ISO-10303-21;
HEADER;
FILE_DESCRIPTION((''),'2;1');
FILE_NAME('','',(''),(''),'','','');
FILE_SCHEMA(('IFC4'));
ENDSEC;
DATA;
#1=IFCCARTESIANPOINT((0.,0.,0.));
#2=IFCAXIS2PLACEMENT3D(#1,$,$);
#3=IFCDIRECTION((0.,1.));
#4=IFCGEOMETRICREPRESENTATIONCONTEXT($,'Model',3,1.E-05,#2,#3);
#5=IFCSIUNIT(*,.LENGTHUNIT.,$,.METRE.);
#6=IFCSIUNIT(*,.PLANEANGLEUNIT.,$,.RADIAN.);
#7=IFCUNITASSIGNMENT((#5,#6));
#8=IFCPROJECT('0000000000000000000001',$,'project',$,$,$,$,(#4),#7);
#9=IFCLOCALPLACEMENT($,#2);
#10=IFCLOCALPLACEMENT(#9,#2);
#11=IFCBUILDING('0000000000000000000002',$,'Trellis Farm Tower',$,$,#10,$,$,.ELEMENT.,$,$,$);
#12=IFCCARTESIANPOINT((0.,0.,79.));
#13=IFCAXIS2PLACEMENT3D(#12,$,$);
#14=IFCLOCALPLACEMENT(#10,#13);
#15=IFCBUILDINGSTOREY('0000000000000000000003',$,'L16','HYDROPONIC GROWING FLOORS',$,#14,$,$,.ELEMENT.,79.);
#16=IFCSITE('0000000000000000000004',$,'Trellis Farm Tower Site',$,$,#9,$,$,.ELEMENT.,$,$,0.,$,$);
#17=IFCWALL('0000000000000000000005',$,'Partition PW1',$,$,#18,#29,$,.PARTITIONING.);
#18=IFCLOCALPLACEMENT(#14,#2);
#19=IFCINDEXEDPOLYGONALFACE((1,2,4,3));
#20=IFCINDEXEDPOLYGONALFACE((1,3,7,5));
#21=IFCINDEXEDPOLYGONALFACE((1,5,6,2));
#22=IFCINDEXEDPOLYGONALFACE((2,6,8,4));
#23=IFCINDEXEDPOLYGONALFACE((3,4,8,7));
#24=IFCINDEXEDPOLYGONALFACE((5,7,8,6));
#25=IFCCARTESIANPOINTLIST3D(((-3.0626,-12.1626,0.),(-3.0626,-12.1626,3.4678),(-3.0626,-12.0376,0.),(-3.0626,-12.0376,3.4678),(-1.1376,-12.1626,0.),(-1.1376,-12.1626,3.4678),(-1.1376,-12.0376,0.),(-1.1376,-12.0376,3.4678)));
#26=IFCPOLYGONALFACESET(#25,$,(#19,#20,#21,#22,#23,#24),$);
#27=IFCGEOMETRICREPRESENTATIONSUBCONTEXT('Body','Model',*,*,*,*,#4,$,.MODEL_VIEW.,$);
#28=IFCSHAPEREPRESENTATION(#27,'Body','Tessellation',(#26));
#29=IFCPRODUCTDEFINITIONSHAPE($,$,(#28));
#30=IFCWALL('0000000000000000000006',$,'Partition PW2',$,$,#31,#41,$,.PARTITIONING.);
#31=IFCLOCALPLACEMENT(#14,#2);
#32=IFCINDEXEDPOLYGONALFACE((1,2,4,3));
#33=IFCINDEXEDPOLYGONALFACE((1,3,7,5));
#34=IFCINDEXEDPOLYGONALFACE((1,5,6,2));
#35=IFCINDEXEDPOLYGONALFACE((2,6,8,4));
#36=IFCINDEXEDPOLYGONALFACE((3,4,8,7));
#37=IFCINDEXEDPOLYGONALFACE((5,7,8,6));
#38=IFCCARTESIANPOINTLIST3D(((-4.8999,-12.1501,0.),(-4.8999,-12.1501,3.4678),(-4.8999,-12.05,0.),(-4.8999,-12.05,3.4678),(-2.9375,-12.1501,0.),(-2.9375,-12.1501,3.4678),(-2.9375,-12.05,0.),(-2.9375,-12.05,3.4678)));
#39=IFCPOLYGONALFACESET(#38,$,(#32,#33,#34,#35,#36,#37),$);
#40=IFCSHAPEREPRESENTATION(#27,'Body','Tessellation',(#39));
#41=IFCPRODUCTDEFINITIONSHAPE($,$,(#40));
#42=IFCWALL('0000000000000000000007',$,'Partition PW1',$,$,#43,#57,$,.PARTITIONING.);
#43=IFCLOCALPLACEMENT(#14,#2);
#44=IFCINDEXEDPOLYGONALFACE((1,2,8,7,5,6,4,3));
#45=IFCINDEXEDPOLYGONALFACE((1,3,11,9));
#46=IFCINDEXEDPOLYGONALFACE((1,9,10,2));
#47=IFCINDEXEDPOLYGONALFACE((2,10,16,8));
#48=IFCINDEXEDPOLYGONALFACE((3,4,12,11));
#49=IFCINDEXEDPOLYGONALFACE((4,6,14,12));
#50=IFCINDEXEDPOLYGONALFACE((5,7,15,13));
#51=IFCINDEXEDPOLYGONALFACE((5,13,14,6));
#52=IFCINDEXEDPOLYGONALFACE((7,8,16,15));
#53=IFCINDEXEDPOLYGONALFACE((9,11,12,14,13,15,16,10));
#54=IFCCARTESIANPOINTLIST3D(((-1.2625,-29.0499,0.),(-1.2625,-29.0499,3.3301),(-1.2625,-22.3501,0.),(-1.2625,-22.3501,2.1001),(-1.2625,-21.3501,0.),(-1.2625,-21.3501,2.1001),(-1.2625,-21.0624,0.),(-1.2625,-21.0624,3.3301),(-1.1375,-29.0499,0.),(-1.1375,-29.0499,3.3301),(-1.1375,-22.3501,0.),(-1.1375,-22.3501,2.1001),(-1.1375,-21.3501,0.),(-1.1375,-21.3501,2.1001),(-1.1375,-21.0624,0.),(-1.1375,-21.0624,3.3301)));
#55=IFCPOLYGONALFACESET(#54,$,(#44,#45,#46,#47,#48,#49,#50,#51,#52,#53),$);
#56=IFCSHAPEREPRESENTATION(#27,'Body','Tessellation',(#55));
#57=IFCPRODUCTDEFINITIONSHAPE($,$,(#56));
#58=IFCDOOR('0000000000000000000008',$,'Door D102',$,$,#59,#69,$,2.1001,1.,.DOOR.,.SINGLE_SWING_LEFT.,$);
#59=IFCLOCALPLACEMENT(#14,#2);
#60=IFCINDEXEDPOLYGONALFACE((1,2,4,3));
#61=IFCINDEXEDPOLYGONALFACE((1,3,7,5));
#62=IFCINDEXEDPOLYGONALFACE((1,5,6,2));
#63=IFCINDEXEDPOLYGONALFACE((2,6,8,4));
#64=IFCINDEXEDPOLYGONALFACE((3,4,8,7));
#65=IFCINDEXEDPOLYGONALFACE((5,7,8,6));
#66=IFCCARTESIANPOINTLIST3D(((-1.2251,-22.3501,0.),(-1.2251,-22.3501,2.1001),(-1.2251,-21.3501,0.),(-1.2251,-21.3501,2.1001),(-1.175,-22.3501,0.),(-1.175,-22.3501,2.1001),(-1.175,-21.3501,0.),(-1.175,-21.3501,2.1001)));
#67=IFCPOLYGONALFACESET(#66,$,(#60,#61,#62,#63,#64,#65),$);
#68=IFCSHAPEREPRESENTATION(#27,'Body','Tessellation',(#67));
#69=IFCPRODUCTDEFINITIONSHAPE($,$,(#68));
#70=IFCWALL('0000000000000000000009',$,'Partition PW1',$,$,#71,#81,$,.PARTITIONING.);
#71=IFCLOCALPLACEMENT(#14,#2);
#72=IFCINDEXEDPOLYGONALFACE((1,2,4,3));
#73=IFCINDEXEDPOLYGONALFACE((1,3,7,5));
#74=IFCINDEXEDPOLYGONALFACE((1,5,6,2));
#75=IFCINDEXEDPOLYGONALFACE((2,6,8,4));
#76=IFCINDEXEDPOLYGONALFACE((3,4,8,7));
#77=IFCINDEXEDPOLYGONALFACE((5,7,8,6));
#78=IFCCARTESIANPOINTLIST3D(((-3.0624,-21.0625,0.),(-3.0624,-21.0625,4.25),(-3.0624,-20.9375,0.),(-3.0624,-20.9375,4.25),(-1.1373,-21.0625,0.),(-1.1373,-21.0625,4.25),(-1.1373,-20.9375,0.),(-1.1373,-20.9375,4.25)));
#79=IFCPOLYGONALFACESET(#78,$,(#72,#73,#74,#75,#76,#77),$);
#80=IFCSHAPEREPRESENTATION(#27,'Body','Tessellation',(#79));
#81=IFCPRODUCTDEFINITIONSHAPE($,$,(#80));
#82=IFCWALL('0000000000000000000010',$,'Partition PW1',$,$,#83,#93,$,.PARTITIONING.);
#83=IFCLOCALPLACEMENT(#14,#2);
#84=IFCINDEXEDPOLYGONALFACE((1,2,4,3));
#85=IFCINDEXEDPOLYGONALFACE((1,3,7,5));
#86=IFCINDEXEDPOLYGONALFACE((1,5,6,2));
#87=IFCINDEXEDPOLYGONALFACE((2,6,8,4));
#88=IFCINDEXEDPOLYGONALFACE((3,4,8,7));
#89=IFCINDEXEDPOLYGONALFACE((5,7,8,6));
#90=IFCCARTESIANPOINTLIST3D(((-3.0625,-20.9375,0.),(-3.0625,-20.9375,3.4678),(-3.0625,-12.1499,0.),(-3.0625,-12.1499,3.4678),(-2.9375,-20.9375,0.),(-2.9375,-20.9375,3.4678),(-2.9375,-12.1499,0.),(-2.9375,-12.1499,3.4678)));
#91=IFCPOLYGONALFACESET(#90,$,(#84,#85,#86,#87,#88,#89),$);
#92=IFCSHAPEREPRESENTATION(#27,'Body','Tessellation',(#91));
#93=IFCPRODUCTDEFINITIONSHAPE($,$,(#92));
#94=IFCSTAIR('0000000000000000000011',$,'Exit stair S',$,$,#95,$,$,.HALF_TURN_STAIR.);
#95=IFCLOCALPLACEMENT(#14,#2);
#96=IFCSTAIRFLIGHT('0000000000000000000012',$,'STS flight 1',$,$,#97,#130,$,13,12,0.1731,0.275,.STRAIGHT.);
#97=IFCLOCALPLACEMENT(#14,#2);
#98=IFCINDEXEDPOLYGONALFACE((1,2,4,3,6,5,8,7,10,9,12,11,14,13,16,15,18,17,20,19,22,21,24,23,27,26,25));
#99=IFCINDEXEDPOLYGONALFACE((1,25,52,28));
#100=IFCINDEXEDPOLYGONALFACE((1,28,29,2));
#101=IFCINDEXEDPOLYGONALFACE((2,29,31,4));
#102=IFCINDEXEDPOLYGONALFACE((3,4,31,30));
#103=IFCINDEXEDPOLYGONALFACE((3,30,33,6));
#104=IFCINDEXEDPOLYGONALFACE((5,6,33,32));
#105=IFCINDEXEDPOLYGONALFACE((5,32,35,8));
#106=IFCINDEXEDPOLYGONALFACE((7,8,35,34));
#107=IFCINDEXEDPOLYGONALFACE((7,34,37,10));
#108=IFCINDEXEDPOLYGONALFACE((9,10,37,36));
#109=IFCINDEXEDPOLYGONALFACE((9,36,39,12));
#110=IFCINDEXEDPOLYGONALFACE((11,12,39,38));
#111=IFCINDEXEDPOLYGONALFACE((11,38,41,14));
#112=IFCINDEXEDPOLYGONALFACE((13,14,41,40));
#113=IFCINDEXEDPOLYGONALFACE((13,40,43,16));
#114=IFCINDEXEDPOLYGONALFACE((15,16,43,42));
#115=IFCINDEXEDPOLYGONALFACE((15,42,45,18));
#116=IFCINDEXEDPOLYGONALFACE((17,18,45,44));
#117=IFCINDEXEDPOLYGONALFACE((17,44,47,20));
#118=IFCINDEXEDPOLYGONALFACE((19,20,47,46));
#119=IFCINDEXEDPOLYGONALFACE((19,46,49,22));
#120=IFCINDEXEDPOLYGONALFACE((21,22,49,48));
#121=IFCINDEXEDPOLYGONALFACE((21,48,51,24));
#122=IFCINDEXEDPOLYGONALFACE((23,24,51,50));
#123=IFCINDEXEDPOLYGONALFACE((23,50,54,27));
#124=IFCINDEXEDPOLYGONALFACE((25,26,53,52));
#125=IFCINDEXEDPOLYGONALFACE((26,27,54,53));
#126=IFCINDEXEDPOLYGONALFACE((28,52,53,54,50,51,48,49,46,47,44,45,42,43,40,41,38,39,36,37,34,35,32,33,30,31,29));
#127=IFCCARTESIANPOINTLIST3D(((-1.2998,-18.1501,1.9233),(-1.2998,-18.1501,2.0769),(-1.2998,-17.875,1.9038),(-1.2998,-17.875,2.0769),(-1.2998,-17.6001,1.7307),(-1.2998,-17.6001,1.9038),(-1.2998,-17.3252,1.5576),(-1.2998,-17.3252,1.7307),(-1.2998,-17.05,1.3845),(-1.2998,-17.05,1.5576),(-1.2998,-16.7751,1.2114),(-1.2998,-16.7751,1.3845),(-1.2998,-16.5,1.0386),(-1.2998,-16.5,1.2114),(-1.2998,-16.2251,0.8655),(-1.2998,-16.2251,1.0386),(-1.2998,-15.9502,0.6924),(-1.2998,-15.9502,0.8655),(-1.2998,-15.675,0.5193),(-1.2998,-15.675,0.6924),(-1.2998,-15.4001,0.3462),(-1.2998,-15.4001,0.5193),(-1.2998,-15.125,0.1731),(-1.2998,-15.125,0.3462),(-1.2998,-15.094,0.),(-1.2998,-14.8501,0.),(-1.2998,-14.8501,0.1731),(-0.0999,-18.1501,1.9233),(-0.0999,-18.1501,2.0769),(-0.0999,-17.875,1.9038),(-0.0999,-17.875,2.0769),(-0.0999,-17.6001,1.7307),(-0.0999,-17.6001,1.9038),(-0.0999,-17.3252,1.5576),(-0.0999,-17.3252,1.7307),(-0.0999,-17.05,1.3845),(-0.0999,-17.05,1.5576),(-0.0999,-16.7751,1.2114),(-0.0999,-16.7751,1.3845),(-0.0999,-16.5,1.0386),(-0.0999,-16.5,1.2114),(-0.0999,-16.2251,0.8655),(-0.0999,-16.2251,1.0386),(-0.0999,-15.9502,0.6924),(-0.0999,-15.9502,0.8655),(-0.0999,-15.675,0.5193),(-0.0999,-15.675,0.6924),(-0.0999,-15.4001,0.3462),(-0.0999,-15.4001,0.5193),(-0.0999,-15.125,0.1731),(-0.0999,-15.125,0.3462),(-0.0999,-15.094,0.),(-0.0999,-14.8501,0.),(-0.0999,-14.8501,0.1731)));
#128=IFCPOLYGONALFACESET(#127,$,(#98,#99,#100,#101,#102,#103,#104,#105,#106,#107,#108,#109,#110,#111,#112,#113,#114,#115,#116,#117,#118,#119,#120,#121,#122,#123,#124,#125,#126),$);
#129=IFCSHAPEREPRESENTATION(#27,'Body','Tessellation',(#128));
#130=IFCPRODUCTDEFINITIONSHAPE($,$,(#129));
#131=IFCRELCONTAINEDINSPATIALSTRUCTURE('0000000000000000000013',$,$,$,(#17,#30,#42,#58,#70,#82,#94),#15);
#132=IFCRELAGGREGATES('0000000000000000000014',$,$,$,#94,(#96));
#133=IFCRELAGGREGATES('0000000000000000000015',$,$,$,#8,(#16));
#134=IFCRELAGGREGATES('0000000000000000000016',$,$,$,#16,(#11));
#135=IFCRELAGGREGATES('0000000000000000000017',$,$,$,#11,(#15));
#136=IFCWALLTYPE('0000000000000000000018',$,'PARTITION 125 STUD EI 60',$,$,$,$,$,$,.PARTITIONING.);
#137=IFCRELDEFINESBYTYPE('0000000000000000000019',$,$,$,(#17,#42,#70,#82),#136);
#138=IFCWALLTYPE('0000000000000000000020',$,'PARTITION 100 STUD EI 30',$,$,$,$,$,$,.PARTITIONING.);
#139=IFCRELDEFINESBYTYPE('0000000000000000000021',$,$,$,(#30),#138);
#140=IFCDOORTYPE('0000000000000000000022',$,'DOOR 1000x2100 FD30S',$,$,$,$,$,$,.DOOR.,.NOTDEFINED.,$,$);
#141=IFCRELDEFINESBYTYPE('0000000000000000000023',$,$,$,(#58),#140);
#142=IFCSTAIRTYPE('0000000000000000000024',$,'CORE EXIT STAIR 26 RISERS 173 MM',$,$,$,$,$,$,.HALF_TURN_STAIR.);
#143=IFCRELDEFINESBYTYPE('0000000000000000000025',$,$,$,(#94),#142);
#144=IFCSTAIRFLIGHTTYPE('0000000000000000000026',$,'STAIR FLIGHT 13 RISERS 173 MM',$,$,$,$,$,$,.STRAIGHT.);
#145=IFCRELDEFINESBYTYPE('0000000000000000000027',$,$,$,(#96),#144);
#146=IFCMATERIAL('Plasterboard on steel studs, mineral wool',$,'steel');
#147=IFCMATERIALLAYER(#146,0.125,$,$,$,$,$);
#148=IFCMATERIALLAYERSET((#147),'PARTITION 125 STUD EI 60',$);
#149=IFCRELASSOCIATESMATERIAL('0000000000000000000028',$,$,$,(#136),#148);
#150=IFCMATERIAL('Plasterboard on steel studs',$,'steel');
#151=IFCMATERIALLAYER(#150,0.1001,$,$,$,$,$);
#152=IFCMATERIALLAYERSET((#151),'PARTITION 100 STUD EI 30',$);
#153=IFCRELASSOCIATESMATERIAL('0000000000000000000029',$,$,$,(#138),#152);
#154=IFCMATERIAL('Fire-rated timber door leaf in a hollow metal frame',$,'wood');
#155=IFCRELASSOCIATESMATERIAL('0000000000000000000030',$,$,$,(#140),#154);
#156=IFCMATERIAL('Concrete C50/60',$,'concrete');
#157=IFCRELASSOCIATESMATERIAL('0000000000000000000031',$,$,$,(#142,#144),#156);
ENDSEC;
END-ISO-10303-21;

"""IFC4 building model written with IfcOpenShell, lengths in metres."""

from ifc_helpers import new_model, si_unit, direction, frame, frame_2d, origin, place, context, subcontext, project, spatial, polyline, rectangle, outline, extrude, source, transform, mapped, material, layer, layer_set, type_object, element, fill, aggregate, save


model = new_model("IFC4")

# Units and contexts
model_context = context("Model", 3, precision=1e-05, world=origin(), true_north=direction((0.0, 1.0)))
body_context = subcontext(model_context, "Body", "Model", "MODEL_VIEW")
ifc_project = project(units=[si_unit("LENGTHUNIT", "METRE"), si_unit("PLANEANGLEUNIT", "RADIAN")], contexts=[model_context])

# Site, building, storey
site_placement = place(None, origin())
site = spatial("IfcSite", under=ifc_project, at=site_placement, Name="Trellis Farm Tower Site", CompositionType="ELEMENT", RefElevation=0.0)
building_placement = place(site_placement, origin())
building = spatial("IfcBuilding", under=site, at=building_placement, Name="Trellis Farm Tower", CompositionType="ELEMENT")
storey_placement = place(building_placement, frame((0.0, 0.0, 79.0)))
storey = spatial("IfcBuildingStorey", under=building, at=storey_placement, Name="L16", Description="HYDROPONIC GROWING FLOORS", CompositionType="ELEMENT", Elevation=79.0)

# Shared definitions
placement = place(storey_placement, origin())

# Shared definitions
ifc_material_1 = material(Name="Plasterboard on steel studs, mineral wool", Category="steel")
ifc_layer_1 = layer(ifc_material_1, 0.125)
ifc_layer_set_1 = layer_set([ifc_layer_1], Name="PARTITION 125 STUD EI 60")
wall_type_1 = type_object("IfcWallType", Name="PARTITION 125 STUD EI 60", PredefinedType="PARTITIONING", material=ifc_layer_set_1)
ifc_material_2 = material(Name="Fire-rated timber door leaf in a hollow metal frame", Category="wood")

# Walls
shared_shape_1 = source(origin(), body_context, "Body", "SweptSolid", [
    extrude(rectangle(XDim=1.925, YDim=0.125, at=frame_2d((0.9624, 0.0))), origin(), (0.0, 0.0, 1.0), 3.4678),
])
wall_1_placement = place(storey_placement, frame((-3.0625, -12.1001, 0.0), z_axis=(0.0, 0.0, 1.0), x_axis=(1.0, 0.0, 0.0)))
element("IfcWall", 1, at=wall_1_placement, inside=storey, type_object=wall_type_1, Name="Partition PW1", PredefinedType="PARTITIONING", context=body_context, shape_type="MappedRepresentation", body=[
    mapped(shared_shape_1, transform((0.0, 0.0, 0.0))),
])
ifc_material_3 = material(Name="Plasterboard on steel studs", Category="steel")
ifc_layer_2 = layer(ifc_material_3, 0.1001)
ifc_layer_set_2 = layer_set([ifc_layer_2], Name="PARTITION 100 STUD EI 30")
wall_type_2 = type_object("IfcWallType", Name="PARTITION 100 STUD EI 30", PredefinedType="PARTITIONING", material=ifc_layer_set_2)
shared_shape_2 = source(origin(), body_context, "Body", "SweptSolid", [
    extrude(rectangle(XDim=1.9624, YDim=0.1001, at=frame_2d((0.9812, 0.0))), origin(), (0.0, 0.0, 1.0), 3.4678),
])
wall_2_placement = place(storey_placement, frame((-4.8999, -12.1001, 0.0), z_axis=(0.0, 0.0, 1.0), x_axis=(1.0, 0.0, 0.0)))
element("IfcWall", 2, at=wall_2_placement, inside=storey, type_object=wall_type_2, Name="Partition PW2", PredefinedType="PARTITIONING", context=body_context, shape_type="MappedRepresentation", body=[
    mapped(shared_shape_2, transform((0.0, 0.0, 0.0))),
])

# Wall, opening, door
shared_shape_3 = source(origin(), body_context, "Body", "SweptSolid", [
    extrude(rectangle(XDim=7.9875, YDim=0.125, at=frame_2d((3.9937, 0.0))), origin(), (0.0, 0.0, 1.0), 3.3301),
])
wall_3_placement = place(storey_placement, frame((-1.2, -21.0625, 0.0), z_axis=(0.0, 0.0, 1.0), x_axis=(0.0, -1.0, 0.0)))
wall_3 = element("IfcWall", 3, at=wall_3_placement, inside=storey, type_object=wall_type_1, Name="Partition PW1", PredefinedType="PARTITIONING", context=body_context, shape_type="MappedRepresentation", body=[
    mapped(shared_shape_3, transform((0.0, 0.0, 0.0))),
])
shared_shape_4 = source(origin(), body_context, "Body", "SweptSolid", [
    extrude(rectangle(XDim=1.0, YDim=2.1001, at=frame_2d((0.5, 1.05))), frame((0.0, 0.0725, 0.0), z_axis=(0.0, -1.0, 0.0), x_axis=(1.0, 0.0, 0.0)), (0.0, 0.0, 1.0), 0.145),
])
opening_1_placement = place(wall_3_placement, frame((0.2876, 0.0, 0.0)))
opening_1 = element("IfcOpeningElement", 4, at=opening_1_placement, cuts=wall_3, PredefinedType="OPENING", context=body_context, shape_type="MappedRepresentation", body=[
    mapped(shared_shape_4, transform((0.0, 0.0, 0.0))),
])
door_type_1 = type_object("IfcDoorType", Name="DOOR 1000x2100 FD30S", OperationType="NOTDEFINED", PredefinedType="DOOR", material=ifc_material_2)
shared_shape_5 = source(origin(), body_context, "Body", "SweptSolid", [
    extrude(rectangle(XDim=1.0, YDim=2.1001, at=frame_2d((0.5, 1.05))), frame((0.0, 0.0249, 0.0), z_axis=(0.0, -1.0, 0.0), x_axis=(1.0, 0.0, 0.0)), (0.0, 0.0, 1.0), 0.05),
])
door_1_placement = place(opening_1_placement, origin())
door_1 = element("IfcDoor", 5, at=door_1_placement, inside=storey, type_object=door_type_1, Name="Door D102", OperationType="SINGLE_SWING_LEFT", OverallHeight=2.1001, OverallWidth=1.0, PredefinedType="DOOR", context=body_context, shape_type="MappedRepresentation", body=[
    mapped(shared_shape_5, transform((0.0, 0.0, 0.0))),
])
fill(opening_1, door_1)

# Walls
shared_shape_6 = source(origin(), body_context, "Body", "SweptSolid", [
    extrude(rectangle(XDim=1.925, YDim=0.125, at=frame_2d((0.9624, 0.0))), origin(), (0.0, 0.0, 1.0), 4.25),
])
wall_4_placement = place(storey_placement, frame((-1.1375, -21.0, 0.0), z_axis=(0.0, 0.0, 1.0), x_axis=(-1.0, 0.0, 0.0)))
element("IfcWall", 6, at=wall_4_placement, inside=storey, type_object=wall_type_1, Name="Partition PW1", PredefinedType="PARTITIONING", context=body_context, shape_type="MappedRepresentation", body=[
    mapped(shared_shape_6, transform((0.0, 0.0, 0.0))),
])
shared_shape_7 = source(origin(), body_context, "Body", "SweptSolid", [
    extrude(rectangle(XDim=8.7876, YDim=0.125, at=frame_2d((4.3938, 0.0))), origin(), (0.0, 0.0, 1.0), 3.4678),
])
wall_5_placement = place(storey_placement, frame((-3.0, -20.9375, 0.0), z_axis=(0.0, 0.0, 1.0), x_axis=(0.0, 1.0, 0.0)))
element("IfcWall", 7, at=wall_5_placement, inside=storey, type_object=wall_type_1, Name="Partition PW1", PredefinedType="PARTITIONING", context=body_context, shape_type="MappedRepresentation", body=[
    mapped(shared_shape_7, transform((0.0, 0.0, 0.0))),
])

# Stair, stair flight
ifc_material_4 = material(Name="Concrete C50/60", Category="concrete")
stair_type = type_object("IfcStairType", Name="CORE EXIT STAIR 26 RISERS 173 MM", PredefinedType="HALF_TURN_STAIR", material=ifc_material_4)
stair = element("IfcStair", 8, at=placement, inside=storey, type_object=stair_type, Name="Exit stair S", PredefinedType="HALF_TURN_STAIR")
stair_flight_type = type_object("IfcStairFlightType", Name="STAIR FLIGHT 13 RISERS 173 MM", PredefinedType="STRAIGHT", material=ifc_material_4)
shared_shape_8 = source(origin(), body_context, "Body", "SweptSolid", [
    extrude(outline(polyline([(0.0, 0.0), (0.0, 0.1731), (0.2749, 0.1731), (0.2749, 0.3462), (0.55, 0.3462), (0.55, 0.5193), (0.825, 0.5193), (0.825, 0.6924), (1.1001, 0.6924), (1.1001, 0.8655), (1.375, 0.8655), (1.375, 1.0386), (1.6499, 1.0386), (1.6499, 1.2114), (1.925, 1.2114), (1.925, 1.3845), (2.2, 1.3845), (2.2, 1.5576), (2.4751, 1.5576), (2.4751, 1.7307), (2.75, 1.7307), (2.75, 1.9038), (3.0249, 1.9038), (3.0249, 2.0769), (3.3, 2.0769), (3.3, 2.25), (3.3, 1.9233), (0.2439, 0.0), (0.0, 0.0)])), frame((0.0, 0.6001, 0.0), z_axis=(0.0, -1.0, 0.0), x_axis=(1.0, 0.0, 0.0)), (0.0, 0.0, 1.0), 1.2),
])
stair_flight_placement = place(storey_placement, frame((-0.7, -14.8501, 0.0), z_axis=(0.0, 0.0, 1.0), x_axis=(0.0, -1.0, 0.0)))
stair_flight = element("IfcStairFlight", 9, at=stair_flight_placement, type_object=stair_flight_type, Name="STS flight 1", NumberOfRisers=13, NumberOfTreads=12, PredefinedType="STRAIGHT", RiserHeight=0.1731, TreadLength=0.275, context=body_context, shape_type="MappedRepresentation", body=[
    mapped(shared_shape_8, transform((0.0, 0.0, 0.0))),
])
aggregate(stair, [stair_flight])

save(model, "model.ifc")
